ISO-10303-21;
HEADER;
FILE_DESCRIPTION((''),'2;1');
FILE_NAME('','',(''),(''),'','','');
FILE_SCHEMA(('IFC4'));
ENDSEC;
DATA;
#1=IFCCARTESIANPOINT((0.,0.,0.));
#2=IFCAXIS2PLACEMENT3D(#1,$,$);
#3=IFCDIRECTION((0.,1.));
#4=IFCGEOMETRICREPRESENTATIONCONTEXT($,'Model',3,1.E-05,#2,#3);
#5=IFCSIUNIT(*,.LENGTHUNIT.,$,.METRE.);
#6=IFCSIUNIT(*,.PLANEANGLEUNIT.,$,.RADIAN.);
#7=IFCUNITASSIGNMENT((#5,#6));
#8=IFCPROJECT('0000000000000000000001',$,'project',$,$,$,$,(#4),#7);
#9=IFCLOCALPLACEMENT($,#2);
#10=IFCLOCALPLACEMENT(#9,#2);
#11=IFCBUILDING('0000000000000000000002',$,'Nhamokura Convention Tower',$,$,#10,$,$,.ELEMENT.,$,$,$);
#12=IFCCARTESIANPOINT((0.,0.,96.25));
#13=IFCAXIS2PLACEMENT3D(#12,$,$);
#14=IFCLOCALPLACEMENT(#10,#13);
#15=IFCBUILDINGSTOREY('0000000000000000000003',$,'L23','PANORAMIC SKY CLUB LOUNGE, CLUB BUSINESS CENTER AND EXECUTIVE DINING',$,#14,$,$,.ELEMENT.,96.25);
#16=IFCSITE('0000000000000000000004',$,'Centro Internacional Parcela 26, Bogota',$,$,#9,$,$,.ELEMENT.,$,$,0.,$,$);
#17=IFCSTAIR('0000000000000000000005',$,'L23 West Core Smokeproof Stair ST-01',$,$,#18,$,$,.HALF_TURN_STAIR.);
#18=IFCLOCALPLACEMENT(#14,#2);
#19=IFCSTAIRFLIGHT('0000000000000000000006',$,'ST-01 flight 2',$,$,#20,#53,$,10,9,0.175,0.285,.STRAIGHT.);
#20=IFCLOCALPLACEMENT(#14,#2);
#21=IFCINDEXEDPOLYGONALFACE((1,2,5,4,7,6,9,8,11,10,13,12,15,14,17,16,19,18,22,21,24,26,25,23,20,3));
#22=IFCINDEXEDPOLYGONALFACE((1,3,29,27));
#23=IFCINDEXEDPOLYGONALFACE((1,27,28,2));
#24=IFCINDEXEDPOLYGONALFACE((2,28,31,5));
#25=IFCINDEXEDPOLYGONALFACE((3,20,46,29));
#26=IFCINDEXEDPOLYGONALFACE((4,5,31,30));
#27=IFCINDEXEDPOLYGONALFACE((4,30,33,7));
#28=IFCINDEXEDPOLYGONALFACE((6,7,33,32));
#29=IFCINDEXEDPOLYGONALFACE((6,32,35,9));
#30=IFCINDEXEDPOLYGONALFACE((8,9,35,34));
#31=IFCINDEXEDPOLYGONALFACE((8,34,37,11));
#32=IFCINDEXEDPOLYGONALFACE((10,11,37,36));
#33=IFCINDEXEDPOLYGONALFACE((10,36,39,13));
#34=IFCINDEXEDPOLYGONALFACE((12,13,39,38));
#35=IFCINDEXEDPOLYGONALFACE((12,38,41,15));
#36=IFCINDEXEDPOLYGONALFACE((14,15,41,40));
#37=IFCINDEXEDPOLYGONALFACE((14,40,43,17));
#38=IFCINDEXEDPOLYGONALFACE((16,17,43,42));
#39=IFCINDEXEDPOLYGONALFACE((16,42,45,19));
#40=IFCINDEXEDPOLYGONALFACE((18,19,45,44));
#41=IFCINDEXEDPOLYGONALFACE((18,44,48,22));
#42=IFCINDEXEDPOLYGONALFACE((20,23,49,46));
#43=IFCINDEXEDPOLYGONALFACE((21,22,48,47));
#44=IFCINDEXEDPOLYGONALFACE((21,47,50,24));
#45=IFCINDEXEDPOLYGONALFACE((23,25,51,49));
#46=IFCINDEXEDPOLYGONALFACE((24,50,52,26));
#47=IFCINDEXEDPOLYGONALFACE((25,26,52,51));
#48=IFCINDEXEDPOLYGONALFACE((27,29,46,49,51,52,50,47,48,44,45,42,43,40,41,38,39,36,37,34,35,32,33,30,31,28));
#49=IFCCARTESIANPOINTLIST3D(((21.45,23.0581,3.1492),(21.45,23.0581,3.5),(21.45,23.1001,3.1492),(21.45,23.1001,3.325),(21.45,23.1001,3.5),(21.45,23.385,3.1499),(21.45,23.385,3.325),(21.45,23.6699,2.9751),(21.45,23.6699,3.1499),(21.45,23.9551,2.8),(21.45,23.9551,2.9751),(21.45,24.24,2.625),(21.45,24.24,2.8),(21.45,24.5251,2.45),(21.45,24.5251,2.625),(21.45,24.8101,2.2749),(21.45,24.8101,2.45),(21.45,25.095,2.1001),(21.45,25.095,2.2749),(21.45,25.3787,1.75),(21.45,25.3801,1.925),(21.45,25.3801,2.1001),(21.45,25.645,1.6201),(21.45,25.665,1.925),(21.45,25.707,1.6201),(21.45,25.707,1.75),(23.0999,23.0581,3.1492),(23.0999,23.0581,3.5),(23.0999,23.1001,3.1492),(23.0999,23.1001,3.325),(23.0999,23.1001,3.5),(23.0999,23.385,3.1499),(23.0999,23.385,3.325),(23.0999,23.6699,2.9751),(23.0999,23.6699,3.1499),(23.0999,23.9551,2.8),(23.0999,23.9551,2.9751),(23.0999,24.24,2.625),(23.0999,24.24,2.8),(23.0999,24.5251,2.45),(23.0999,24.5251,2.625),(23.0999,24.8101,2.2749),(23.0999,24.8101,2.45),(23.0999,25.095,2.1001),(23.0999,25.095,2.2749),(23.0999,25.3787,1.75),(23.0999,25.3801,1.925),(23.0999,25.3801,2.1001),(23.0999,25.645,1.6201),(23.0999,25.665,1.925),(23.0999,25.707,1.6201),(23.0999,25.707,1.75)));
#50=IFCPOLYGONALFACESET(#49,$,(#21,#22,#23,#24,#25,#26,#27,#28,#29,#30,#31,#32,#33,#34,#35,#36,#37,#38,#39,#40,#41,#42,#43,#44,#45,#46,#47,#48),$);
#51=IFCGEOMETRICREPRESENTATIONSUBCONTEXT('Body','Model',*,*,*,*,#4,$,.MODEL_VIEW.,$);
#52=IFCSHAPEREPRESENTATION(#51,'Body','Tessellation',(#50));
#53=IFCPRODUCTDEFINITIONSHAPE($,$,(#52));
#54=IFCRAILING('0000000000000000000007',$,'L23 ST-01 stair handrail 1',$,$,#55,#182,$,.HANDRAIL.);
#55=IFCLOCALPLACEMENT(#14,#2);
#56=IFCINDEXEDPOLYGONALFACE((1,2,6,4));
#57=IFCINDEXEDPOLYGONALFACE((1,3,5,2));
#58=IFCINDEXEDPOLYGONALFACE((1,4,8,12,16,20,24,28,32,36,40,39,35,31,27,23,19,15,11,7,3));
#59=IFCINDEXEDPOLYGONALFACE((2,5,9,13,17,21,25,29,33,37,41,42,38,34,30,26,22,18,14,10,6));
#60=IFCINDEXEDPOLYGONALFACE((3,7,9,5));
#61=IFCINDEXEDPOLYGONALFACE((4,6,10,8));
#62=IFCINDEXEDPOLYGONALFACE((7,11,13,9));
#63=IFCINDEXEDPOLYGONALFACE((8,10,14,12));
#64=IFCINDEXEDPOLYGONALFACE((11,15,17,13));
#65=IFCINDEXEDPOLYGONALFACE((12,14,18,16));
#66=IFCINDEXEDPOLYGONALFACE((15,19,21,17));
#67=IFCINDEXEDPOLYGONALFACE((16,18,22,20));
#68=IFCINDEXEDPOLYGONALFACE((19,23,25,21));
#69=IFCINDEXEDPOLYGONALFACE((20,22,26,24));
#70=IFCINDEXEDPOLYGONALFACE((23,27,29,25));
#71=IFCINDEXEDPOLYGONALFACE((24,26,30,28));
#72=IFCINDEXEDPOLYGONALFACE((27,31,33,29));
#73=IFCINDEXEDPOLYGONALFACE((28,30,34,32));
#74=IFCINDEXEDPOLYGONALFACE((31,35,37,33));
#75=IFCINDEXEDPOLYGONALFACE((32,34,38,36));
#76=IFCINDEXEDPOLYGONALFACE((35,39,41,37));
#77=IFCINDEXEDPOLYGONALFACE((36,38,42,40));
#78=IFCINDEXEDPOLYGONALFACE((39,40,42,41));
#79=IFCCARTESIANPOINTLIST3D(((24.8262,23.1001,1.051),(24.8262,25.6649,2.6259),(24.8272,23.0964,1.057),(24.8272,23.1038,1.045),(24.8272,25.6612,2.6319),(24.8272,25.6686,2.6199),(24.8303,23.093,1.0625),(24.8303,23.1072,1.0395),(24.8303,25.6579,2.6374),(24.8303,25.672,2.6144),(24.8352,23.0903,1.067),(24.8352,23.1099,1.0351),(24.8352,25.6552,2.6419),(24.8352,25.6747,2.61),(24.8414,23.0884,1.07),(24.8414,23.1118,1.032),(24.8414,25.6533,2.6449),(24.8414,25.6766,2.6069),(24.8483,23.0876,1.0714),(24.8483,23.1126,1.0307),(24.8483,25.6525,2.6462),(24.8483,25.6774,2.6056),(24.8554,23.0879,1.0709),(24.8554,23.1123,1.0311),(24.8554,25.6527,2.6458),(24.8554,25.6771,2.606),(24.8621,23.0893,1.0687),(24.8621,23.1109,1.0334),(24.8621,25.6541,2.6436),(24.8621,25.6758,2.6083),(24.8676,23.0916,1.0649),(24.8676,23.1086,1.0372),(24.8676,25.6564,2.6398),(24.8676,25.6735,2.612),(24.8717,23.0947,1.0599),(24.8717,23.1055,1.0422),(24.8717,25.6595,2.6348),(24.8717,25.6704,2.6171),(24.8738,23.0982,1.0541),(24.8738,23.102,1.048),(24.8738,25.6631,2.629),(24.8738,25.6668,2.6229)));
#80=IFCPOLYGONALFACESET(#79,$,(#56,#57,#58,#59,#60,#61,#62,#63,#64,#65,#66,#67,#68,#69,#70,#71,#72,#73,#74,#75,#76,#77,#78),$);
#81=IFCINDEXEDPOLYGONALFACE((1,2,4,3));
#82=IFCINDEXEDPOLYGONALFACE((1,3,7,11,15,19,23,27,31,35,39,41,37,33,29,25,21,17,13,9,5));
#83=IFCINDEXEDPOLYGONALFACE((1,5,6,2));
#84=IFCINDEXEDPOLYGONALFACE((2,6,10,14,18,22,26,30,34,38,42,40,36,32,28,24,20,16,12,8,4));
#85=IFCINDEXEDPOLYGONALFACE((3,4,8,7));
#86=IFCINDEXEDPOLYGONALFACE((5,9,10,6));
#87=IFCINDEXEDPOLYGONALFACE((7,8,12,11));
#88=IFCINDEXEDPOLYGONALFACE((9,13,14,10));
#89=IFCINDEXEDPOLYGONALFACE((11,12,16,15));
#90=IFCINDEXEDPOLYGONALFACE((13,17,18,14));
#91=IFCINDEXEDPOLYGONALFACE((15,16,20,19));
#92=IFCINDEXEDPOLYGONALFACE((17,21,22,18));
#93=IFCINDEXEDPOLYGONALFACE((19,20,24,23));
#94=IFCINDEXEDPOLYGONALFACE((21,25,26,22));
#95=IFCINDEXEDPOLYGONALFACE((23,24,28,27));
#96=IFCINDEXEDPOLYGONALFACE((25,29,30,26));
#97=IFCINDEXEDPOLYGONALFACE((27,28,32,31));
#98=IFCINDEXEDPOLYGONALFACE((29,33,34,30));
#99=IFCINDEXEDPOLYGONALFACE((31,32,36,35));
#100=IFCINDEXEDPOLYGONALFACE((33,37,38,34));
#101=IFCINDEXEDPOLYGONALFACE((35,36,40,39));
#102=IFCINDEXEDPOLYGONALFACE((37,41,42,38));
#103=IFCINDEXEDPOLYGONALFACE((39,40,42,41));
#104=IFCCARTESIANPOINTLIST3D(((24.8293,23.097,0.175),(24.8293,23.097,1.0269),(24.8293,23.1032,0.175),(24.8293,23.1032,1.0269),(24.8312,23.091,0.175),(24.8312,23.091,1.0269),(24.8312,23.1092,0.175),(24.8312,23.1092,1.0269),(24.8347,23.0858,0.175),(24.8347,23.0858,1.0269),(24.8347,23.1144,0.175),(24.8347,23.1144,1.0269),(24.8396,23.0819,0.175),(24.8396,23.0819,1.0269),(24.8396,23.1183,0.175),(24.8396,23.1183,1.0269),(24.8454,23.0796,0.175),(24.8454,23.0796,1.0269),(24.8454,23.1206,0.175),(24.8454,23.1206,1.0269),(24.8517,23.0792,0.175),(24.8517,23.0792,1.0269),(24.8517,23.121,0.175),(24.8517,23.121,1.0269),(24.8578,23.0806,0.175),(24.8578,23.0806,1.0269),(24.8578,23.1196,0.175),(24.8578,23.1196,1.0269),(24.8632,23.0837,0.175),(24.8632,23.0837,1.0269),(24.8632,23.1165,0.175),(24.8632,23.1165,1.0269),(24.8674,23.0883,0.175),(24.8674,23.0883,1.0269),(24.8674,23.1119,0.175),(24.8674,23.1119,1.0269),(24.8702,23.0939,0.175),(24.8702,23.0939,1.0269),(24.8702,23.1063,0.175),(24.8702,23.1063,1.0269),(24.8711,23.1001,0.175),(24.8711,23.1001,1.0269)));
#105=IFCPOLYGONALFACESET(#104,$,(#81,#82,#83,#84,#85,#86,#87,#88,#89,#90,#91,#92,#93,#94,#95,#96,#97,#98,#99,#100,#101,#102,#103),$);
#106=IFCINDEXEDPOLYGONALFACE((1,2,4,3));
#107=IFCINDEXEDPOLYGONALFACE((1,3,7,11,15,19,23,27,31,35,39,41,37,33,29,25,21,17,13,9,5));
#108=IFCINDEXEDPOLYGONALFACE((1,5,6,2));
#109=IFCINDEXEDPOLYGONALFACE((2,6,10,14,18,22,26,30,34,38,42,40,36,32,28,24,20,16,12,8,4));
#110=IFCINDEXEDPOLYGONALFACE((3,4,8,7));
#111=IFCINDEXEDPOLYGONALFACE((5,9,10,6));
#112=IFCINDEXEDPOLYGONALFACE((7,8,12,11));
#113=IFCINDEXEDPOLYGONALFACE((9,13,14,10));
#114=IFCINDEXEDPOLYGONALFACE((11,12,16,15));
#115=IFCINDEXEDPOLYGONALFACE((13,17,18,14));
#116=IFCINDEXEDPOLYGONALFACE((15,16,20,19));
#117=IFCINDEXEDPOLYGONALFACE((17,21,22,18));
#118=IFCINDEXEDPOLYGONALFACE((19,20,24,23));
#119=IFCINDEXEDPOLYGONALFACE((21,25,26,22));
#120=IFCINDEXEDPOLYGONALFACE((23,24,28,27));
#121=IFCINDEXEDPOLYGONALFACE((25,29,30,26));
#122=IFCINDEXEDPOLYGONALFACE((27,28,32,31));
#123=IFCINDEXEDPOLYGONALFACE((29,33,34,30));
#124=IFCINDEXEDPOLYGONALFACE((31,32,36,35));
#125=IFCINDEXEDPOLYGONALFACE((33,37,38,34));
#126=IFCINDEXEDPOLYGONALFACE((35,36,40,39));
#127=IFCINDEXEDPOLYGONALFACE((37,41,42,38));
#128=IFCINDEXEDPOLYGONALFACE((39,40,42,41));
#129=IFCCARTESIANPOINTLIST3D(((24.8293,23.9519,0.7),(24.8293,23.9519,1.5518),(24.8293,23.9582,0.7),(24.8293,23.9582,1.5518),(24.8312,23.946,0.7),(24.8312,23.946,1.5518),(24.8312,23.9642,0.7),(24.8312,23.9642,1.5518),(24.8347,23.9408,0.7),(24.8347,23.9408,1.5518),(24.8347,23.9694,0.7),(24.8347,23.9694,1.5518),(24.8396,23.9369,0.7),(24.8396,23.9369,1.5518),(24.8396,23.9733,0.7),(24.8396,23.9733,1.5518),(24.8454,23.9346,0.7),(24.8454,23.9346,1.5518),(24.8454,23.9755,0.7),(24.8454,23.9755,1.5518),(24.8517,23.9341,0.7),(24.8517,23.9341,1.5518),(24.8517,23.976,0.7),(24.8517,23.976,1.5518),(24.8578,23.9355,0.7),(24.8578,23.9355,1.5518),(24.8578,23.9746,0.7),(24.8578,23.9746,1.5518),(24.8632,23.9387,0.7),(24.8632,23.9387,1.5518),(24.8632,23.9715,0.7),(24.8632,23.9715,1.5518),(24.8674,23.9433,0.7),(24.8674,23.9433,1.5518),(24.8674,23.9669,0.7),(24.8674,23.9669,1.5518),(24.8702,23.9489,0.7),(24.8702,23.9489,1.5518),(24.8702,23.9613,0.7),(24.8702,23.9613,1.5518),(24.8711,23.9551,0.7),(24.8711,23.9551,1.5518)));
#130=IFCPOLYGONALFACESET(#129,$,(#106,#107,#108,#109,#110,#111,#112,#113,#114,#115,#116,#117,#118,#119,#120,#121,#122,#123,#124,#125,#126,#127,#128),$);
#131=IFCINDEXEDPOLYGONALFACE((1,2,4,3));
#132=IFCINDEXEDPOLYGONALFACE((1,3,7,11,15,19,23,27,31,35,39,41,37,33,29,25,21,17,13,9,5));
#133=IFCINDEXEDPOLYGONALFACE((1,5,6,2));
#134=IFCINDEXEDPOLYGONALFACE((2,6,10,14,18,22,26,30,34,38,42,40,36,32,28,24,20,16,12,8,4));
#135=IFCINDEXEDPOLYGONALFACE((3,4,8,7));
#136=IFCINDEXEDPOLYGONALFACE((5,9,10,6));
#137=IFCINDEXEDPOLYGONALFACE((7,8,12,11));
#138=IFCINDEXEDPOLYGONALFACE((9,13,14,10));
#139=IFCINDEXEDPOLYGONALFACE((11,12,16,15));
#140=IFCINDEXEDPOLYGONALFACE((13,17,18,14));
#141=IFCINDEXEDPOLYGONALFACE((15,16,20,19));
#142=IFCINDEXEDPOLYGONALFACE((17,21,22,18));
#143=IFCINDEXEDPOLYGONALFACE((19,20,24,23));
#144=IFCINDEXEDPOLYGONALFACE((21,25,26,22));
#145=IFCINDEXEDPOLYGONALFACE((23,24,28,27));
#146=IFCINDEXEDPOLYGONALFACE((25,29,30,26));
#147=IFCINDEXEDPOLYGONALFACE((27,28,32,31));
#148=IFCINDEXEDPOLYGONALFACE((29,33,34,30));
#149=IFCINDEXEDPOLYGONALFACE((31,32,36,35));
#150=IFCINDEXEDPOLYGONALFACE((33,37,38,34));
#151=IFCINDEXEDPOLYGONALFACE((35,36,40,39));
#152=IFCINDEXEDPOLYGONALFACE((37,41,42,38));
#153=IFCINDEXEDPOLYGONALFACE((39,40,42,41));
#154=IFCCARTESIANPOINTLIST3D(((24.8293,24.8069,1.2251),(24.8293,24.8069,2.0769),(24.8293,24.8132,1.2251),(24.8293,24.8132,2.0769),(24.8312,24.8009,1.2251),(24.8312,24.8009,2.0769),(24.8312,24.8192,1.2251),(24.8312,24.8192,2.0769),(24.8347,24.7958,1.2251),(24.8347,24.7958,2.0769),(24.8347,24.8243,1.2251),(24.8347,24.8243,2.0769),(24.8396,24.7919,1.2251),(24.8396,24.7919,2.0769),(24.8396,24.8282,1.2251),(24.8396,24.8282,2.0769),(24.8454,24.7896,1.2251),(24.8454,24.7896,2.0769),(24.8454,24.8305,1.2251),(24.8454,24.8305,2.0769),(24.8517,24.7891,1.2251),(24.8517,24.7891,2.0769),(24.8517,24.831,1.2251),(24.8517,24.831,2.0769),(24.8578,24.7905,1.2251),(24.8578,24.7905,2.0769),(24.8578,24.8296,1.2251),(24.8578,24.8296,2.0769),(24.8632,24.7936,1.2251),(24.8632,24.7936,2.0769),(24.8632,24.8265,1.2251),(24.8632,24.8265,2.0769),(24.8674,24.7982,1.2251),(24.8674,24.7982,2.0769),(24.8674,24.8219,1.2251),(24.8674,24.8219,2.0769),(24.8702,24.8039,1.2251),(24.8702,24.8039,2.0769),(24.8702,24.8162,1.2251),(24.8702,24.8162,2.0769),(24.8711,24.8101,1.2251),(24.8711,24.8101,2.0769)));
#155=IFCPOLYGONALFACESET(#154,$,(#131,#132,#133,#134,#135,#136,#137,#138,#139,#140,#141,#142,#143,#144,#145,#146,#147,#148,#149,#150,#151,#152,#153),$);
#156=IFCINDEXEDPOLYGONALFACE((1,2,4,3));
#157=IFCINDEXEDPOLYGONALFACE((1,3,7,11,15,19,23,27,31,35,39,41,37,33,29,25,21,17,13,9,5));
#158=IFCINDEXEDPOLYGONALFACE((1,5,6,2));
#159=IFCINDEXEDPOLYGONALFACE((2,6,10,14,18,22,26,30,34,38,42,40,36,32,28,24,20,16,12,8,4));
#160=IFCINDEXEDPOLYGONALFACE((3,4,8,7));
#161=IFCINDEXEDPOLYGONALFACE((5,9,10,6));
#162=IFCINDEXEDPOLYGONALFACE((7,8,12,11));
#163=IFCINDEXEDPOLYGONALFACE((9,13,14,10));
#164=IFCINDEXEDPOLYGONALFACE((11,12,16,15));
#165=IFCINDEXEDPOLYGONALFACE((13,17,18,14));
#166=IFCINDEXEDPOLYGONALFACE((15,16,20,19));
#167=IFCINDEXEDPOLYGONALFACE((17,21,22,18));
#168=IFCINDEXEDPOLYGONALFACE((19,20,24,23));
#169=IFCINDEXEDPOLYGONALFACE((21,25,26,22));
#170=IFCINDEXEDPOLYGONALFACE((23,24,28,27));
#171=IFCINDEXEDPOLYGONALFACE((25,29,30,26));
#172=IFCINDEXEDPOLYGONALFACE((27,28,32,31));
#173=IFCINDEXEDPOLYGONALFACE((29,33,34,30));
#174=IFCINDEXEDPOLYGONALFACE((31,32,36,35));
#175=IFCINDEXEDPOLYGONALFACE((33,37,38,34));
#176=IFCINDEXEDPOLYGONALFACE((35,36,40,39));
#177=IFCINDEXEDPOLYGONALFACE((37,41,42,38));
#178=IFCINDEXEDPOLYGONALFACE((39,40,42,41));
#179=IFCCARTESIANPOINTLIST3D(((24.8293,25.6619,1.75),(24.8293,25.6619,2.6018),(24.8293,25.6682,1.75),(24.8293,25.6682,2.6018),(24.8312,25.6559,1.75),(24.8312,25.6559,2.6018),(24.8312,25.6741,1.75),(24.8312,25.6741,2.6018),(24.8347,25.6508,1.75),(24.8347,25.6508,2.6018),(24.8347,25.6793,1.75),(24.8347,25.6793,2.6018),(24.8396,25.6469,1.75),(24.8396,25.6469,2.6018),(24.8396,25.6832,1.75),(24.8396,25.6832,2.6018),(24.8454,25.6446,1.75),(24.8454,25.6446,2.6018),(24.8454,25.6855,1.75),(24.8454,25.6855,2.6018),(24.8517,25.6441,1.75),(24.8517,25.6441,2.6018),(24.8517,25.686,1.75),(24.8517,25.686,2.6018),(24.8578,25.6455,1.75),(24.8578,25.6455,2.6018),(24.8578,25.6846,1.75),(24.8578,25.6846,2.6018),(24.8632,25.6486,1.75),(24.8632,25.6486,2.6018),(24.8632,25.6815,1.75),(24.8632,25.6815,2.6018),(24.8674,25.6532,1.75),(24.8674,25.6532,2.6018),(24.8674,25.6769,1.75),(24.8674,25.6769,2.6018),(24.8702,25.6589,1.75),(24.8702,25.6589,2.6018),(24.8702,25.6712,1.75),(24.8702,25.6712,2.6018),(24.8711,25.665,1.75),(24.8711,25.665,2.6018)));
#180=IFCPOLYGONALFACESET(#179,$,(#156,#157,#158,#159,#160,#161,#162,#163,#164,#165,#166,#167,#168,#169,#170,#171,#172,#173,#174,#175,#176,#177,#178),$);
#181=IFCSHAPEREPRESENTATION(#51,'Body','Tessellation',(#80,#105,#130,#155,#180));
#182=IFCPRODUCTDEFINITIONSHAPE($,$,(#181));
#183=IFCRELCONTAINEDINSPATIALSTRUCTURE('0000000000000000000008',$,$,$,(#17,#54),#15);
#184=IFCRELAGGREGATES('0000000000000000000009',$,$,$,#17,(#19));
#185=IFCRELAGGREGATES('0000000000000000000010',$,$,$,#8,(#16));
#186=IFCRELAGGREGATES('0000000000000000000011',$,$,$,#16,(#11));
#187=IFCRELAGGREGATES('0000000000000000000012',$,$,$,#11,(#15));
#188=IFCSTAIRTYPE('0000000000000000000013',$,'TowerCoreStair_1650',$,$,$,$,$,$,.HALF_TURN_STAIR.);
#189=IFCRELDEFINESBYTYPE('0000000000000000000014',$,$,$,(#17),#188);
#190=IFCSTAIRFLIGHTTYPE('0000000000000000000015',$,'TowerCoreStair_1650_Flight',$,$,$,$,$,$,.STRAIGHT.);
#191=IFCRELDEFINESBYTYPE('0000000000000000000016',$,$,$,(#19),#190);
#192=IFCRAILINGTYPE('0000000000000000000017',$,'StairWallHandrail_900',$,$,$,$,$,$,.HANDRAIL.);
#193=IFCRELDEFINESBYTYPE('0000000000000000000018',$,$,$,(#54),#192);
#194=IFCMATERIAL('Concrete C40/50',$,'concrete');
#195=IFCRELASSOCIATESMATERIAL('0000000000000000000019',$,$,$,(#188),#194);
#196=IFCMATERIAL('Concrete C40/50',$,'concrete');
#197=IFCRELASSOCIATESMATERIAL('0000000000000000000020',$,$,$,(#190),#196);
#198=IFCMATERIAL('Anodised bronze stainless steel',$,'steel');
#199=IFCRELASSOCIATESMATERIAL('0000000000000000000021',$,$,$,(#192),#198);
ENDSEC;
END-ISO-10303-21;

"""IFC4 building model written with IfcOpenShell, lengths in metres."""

from ifc_helpers import new_model, si_unit, direction, frame, origin, origin_2d, place, context, subcontext, project, spatial, polyline, circle, outline, extrude, material, type_object, element, aggregate, save


model = new_model("IFC4")

# Units and contexts
model_context = context("Model", 3, precision=1e-05, world=origin(), true_north=direction((0.0, 1.0)))
body_context = subcontext(model_context, "Body", "Model", "MODEL_VIEW")
ifc_project = project(units=[si_unit("LENGTHUNIT", "METRE"), si_unit("PLANEANGLEUNIT", "RADIAN")], contexts=[model_context])

# Site, building, storey
site_placement = place(None, origin())
site = spatial("IfcSite", under=ifc_project, at=site_placement, Name="Centro Internacional Parcela 26, Bogota", CompositionType="ELEMENT", RefElevation=0.0)
building_placement = place(site_placement, origin())
building = spatial("IfcBuilding", under=site, at=building_placement, Name="Nhamokura Convention Tower", CompositionType="ELEMENT")
storey_placement = place(building_placement, frame((0.0, 0.0, 96.25)))
storey = spatial("IfcBuildingStorey", under=building, at=storey_placement, Name="L23", Description="PANORAMIC SKY CLUB LOUNGE, CLUB BUSINESS CENTER AND EXECUTIVE DINING", CompositionType="ELEMENT", Elevation=96.25)

# Stair, stair flight
ifc_material_1 = material(Name="Concrete C40/50", Category="concrete")
stair_type = type_object("IfcStairType", Name="TowerCoreStair_1650", PredefinedType="HALF_TURN_STAIR", material=ifc_material_1)
stair_placement = place(storey_placement, origin())
stair = element("IfcStair", 1, at=stair_placement, inside=storey, type_object=stair_type, Name="L23 West Core Smokeproof Stair ST-01", PredefinedType="HALF_TURN_STAIR")
ifc_material_2 = material(Name="Concrete C40/50", Category="concrete")
stair_flight_type = type_object("IfcStairFlightType", Name="TowerCoreStair_1650_Flight", PredefinedType="STRAIGHT", material=ifc_material_2)
stair_flight_1_placement = place(storey_placement, frame((22.2749, 25.665, 1.75), z_axis=(0.0, 0.0, 1.0), x_axis=(0.0, -1.0, 0.0)))
stair_flight_1 = element("IfcStairFlight", 2, at=stair_flight_1_placement, type_object=stair_flight_type, Name="ST-01 flight 2", NumberOfRisers=10, NumberOfTreads=9, PredefinedType="STRAIGHT", RiserHeight=0.175, TreadLength=0.285, context=body_context, shape_type="SweptSolid", body=[
    extrude(outline(polyline([(-0.042, 0.0), (0.0, 0.175), (0.2849, 0.175), (0.2849, 0.3501), (0.5701, 0.3501), (0.5701, 0.5249), (0.855, 0.5249), (0.855, 0.7), (1.1399, 0.7), (1.1399, 0.875), (1.425, 0.875), (1.425, 1.05), (1.71, 1.05), (1.71, 1.2251), (1.9951, 1.2251), (1.9951, 1.3999), (2.28, 1.3999), (2.28, 1.575), (2.5649, 1.575), (2.5649, 1.75), (2.6069, 1.75), (2.6069, 1.3992), (2.5649, 1.3992), (0.2864, 0.0), (0.02, -0.1299), (-0.042, -0.1299), (-0.042, 0.0)])), frame((0.0, 0.825, 0.0), z_axis=(0.0, -1.0, 0.0), x_axis=(1.0, 0.0, 0.0)), (0.0, 0.0, 1.0), 1.6499),
])
aggregate(stair, [stair_flight_1])

# Railing
ifc_material_3 = material(Name="Anodised bronze stainless steel", Category="steel")
railing_type_1 = type_object("IfcRailingType", Name="StairWallHandrail_900", PredefinedType="HANDRAIL", material=ifc_material_3)
railing_1_placement = place(storey_placement, frame((24.8501, 23.1001, 0.175)))
element("IfcRailing", 3, at=railing_1_placement, inside=storey, type_object=railing_type_1, Name="L23 ST-01 stair handrail 1", PredefinedType="HANDRAIL", context=body_context, shape_type="SweptSolid", body=[
    extrude(circle(Radius=0.0239, at=origin_2d()), frame((0.0, 0.0, 0.876), z_axis=(0.0, 0.852173, 0.52326), x_axis=(-1.0, 0.0, 0.0)), (0.0, 0.0, 1.0), 3.0098),
    extrude(circle(Radius=0.021, at=origin_2d()), origin(), (0.0, 0.0, 1.0), 0.8518),
    extrude(circle(Radius=0.021, at=origin_2d()), frame((0.0, 0.855, 0.5249)), (0.0, 0.0, 1.0), 0.8518),
    extrude(circle(Radius=0.021, at=origin_2d()), frame((0.0, 1.71, 1.05)), (0.0, 0.0, 1.0), 0.8518),
    extrude(circle(Radius=0.021, at=origin_2d()), frame((0.0, 2.5649, 1.575)), (0.0, 0.0, 1.0), 0.8518),
])

save(model, "model.ifc")
